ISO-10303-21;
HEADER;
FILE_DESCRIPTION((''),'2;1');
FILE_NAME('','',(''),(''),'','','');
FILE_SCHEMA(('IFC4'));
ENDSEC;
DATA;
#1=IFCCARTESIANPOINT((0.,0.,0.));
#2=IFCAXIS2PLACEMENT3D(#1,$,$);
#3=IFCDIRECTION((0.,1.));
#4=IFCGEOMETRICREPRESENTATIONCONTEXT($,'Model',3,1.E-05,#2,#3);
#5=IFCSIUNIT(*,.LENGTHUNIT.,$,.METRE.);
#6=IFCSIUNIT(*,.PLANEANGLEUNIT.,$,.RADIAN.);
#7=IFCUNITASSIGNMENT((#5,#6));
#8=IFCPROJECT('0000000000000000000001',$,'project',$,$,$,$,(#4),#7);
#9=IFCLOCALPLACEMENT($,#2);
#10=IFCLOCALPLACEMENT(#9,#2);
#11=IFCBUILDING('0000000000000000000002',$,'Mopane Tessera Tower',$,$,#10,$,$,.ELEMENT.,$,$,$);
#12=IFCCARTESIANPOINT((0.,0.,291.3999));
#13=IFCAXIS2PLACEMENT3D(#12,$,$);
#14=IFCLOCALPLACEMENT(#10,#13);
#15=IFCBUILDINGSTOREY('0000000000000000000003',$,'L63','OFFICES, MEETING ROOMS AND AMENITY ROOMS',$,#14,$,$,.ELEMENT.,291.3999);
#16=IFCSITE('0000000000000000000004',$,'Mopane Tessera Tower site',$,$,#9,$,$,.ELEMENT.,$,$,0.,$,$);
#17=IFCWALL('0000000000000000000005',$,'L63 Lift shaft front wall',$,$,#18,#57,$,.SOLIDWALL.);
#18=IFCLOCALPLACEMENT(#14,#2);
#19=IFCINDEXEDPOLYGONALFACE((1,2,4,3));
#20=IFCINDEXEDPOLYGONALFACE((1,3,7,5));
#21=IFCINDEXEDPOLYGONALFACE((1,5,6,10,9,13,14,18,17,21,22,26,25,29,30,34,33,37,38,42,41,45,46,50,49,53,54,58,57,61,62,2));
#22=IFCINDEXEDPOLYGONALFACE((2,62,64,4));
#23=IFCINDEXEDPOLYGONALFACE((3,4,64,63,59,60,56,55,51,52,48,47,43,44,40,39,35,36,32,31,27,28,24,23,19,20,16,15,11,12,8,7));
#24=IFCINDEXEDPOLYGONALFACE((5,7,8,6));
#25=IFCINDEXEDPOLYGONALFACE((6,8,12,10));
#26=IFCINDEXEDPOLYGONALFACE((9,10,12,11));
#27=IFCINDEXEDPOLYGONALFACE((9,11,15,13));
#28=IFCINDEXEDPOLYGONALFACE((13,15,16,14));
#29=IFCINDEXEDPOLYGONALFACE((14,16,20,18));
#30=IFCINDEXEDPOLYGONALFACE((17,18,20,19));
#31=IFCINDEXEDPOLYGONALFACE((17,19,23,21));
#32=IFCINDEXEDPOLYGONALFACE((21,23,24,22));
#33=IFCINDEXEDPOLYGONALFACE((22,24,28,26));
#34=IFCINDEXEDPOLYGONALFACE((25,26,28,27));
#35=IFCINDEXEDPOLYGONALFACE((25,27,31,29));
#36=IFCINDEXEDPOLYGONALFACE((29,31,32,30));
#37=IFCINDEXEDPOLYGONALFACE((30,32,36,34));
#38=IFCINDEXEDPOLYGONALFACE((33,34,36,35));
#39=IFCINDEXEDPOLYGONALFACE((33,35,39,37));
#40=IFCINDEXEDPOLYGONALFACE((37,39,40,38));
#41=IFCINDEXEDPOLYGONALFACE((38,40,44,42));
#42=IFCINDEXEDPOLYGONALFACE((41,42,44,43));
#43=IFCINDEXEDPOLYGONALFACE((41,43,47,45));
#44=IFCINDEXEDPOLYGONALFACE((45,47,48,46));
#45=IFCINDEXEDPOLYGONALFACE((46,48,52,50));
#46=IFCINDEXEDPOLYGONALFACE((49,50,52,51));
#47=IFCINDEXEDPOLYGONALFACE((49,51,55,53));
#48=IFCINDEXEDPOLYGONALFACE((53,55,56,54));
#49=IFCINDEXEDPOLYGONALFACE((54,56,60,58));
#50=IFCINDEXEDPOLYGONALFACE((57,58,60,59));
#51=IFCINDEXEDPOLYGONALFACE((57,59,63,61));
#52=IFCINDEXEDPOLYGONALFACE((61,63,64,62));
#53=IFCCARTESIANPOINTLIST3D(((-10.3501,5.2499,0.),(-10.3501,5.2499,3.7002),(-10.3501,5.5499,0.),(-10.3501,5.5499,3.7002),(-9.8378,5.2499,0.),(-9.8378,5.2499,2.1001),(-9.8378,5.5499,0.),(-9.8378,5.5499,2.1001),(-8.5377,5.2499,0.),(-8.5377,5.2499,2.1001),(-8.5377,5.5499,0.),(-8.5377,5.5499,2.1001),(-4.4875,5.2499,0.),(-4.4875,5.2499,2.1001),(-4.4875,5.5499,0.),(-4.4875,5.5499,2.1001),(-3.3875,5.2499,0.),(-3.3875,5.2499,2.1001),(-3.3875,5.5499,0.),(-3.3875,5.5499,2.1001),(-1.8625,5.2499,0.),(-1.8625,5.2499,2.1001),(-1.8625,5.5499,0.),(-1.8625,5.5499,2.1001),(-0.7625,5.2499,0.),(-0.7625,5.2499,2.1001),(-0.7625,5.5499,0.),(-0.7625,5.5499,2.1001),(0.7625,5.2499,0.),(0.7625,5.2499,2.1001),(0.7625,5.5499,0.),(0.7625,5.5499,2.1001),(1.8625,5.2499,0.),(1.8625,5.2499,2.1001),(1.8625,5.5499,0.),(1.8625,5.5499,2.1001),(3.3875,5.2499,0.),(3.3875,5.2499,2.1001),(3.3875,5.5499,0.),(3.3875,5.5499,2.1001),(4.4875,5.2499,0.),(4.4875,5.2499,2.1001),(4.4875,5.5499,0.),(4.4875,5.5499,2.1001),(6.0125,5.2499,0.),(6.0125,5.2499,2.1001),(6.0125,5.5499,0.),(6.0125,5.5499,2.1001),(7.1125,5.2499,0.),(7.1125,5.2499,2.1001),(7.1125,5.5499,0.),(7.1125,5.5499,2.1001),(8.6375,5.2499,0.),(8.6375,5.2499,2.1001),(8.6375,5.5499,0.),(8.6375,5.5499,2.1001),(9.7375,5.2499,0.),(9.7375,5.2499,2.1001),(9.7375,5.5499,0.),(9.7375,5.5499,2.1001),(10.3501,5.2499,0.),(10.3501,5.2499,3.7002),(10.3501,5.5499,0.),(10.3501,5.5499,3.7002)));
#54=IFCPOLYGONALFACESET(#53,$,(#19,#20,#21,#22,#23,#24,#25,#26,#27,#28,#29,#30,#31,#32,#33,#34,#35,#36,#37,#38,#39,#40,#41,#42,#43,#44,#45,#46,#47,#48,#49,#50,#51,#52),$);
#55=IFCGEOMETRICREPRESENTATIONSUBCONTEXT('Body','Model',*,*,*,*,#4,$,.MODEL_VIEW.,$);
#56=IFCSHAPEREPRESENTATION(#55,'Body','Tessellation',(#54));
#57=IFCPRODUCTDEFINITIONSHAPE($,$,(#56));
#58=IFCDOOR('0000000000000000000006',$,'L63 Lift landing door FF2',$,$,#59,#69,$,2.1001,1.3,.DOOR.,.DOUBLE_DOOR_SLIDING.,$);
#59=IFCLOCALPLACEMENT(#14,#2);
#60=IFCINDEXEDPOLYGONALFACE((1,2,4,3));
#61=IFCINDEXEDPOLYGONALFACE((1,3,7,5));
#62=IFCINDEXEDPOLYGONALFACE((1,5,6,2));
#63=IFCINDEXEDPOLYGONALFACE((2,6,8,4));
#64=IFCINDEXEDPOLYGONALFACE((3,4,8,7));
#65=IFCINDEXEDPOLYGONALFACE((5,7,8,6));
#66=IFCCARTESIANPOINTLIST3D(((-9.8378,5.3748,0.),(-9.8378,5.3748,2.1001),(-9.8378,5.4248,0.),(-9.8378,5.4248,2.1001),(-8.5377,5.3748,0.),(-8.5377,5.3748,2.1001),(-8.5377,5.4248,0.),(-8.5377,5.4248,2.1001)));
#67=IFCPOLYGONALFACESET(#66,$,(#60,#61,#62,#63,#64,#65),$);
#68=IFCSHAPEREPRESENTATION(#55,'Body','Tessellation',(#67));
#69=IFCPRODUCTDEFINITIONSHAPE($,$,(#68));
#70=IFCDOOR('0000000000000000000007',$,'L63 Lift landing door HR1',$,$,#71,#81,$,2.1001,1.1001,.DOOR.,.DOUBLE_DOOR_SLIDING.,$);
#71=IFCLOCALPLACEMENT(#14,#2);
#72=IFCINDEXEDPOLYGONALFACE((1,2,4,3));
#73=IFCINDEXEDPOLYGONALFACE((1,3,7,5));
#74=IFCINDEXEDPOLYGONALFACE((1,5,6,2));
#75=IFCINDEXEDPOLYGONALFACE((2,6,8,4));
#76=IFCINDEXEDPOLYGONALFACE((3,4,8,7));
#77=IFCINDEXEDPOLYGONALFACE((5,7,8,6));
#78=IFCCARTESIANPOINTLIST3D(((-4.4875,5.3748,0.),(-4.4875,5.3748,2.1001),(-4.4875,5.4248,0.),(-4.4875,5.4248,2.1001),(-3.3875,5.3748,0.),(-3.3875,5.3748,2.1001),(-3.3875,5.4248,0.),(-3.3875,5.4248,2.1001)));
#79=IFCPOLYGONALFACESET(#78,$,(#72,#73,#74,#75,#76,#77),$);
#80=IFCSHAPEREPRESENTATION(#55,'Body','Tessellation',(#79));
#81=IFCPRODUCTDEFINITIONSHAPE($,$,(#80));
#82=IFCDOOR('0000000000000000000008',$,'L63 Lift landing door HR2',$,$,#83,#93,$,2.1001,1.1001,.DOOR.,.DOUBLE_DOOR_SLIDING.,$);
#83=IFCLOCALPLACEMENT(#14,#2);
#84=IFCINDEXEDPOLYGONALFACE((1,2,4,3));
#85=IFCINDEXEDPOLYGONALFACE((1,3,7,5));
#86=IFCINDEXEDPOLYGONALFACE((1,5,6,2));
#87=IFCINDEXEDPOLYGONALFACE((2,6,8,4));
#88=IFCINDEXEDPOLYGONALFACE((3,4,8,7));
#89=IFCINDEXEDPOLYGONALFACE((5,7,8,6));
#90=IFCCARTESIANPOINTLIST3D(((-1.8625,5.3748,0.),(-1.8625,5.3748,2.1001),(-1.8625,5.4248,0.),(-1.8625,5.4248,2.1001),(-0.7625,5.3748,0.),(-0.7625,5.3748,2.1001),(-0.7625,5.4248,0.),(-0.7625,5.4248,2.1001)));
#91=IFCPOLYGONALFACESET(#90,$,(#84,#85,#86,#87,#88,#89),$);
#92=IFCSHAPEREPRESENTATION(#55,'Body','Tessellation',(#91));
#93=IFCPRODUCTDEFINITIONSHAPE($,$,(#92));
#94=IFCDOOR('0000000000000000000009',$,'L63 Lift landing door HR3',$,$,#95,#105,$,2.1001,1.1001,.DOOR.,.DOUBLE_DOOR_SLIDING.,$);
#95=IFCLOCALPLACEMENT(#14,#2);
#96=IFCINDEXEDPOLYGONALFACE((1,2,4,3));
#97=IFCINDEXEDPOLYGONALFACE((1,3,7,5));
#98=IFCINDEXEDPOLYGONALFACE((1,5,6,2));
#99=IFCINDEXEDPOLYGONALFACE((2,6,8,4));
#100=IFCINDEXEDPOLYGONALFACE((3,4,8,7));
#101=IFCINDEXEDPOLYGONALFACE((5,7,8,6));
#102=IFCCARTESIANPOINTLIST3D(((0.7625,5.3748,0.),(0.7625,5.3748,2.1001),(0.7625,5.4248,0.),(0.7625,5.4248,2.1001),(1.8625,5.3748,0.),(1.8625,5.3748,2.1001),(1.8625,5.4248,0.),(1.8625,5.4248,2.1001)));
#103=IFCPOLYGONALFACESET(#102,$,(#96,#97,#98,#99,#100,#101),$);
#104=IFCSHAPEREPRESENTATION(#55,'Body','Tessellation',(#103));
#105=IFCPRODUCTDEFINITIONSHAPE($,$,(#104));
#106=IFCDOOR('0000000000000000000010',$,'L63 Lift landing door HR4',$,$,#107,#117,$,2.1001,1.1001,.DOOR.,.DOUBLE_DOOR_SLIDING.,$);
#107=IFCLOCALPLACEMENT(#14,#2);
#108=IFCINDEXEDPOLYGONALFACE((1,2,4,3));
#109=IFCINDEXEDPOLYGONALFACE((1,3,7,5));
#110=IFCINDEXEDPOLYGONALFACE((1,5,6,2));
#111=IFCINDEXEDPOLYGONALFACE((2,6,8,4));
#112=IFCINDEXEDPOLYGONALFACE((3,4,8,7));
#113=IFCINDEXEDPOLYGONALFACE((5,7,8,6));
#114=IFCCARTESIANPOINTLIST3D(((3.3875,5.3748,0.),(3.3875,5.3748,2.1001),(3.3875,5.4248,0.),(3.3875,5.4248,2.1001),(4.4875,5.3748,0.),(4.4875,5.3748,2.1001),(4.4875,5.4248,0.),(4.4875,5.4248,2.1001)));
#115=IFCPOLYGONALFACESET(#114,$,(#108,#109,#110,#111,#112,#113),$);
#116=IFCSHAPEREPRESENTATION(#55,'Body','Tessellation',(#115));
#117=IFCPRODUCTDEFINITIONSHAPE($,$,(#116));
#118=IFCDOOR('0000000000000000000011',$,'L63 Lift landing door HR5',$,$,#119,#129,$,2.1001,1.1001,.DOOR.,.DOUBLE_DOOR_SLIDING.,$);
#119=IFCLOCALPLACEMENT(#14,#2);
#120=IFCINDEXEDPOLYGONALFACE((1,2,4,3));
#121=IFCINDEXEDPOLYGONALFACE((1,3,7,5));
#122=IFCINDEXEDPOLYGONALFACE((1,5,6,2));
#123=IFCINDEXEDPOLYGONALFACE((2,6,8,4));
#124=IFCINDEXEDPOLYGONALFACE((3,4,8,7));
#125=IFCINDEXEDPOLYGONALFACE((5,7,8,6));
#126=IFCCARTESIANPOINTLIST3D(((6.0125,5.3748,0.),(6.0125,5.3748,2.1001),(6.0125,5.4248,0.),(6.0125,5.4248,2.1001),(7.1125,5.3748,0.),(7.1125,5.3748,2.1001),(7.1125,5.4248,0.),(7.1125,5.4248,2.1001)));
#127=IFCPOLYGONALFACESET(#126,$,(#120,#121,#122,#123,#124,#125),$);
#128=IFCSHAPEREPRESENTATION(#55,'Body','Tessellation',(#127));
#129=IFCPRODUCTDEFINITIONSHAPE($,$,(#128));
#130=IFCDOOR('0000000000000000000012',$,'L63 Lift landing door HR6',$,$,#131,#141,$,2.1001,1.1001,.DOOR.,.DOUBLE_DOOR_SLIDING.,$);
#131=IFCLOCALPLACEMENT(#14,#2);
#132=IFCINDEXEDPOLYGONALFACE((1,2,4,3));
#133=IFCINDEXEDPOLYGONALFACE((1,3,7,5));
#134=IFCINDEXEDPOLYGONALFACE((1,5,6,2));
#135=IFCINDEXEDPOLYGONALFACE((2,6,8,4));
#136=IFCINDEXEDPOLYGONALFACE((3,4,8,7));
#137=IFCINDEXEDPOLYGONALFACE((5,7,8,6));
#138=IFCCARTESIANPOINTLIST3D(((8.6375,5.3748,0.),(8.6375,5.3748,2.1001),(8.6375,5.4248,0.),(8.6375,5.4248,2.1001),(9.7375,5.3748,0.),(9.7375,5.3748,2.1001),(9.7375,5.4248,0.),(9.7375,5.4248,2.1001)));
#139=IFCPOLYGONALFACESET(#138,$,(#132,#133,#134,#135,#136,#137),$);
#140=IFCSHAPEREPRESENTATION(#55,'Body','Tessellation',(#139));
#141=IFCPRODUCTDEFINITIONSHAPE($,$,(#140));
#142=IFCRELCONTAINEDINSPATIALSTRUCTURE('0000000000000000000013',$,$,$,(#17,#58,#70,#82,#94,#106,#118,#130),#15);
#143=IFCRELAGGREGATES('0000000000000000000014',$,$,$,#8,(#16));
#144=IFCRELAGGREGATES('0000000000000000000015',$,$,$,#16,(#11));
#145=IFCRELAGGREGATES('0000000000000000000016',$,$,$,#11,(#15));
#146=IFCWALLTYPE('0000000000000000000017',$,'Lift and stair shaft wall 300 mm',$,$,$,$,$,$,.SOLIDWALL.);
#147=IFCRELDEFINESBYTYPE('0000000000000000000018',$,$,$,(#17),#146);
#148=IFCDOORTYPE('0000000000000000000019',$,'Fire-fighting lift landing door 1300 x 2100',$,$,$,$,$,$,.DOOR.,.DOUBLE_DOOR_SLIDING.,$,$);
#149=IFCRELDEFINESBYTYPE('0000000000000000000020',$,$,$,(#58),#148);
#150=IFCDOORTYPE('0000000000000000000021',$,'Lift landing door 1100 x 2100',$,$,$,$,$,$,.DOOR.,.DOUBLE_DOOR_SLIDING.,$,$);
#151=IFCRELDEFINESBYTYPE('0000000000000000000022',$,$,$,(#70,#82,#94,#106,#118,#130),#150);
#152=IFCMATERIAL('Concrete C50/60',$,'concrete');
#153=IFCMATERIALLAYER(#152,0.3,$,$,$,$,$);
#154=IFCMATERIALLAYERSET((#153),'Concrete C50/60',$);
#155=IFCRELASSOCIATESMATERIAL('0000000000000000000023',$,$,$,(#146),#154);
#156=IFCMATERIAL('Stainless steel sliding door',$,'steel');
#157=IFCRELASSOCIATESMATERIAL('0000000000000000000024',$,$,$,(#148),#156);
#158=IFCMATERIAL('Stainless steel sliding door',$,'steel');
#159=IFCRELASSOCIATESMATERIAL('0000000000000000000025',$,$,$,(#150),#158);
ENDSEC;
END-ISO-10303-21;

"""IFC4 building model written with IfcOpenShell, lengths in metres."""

from ifc_helpers import new_model, si_unit, direction, frame, frame_2d, origin, place, context, subcontext, project, spatial, rectangle, extrude, material, layer, layer_set, type_object, element, fill, save


model = new_model("IFC4")

# Units and contexts
model_context = context("Model", 3, precision=1e-05, world=origin(), true_north=direction((0.0, 1.0)))
body_context = subcontext(model_context, "Body", "Model", "MODEL_VIEW")
ifc_project = project(units=[si_unit("LENGTHUNIT", "METRE"), si_unit("PLANEANGLEUNIT", "RADIAN")], contexts=[model_context])

# Site, building, storey
site_placement = place(None, origin())
site = spatial("IfcSite", under=ifc_project, at=site_placement, Name="Mopane Tessera Tower site", CompositionType="ELEMENT", RefElevation=0.0)
building_placement = place(site_placement, origin())
building = spatial("IfcBuilding", under=site, at=building_placement, Name="Mopane Tessera Tower", CompositionType="ELEMENT")
storey_placement = place(building_placement, frame((0.0, 0.0, 291.3999)))
storey = spatial("IfcBuildingStorey", under=building, at=storey_placement, Name="L63", Description="OFFICES, MEETING ROOMS AND AMENITY ROOMS", CompositionType="ELEMENT", Elevation=291.3999)

# Shared definitions
ifc_material_1 = material(Name="Concrete C50/60", Category="concrete")
ifc_layer_1 = layer(ifc_material_1, 0.3)
ifc_layer_set_1 = layer_set([ifc_layer_1], Name="Concrete C50/60")
wall_type_1 = type_object("IfcWallType", Name="Lift and stair shaft wall 300 mm", PredefinedType="SOLIDWALL", material=ifc_layer_set_1)

# Wall, openings, doors
ifc_material_2 = material(Name="Stainless steel sliding door", Category="steel")
door_type_1 = type_object("IfcDoorType", Name="Fire-fighting lift landing door 1300 x 2100", OperationType="DOUBLE_DOOR_SLIDING", PredefinedType="DOOR", material=ifc_material_2)
wall_1_placement = place(storey_placement, frame((-10.3501, 5.3999, 0.0), z_axis=(0.0, 0.0, 1.0), x_axis=(1.0, 0.0, 0.0)))
wall_1 = element("IfcWall", 1, at=wall_1_placement, inside=storey, type_object=wall_type_1, Name="L63 Lift shaft front wall", PredefinedType="SOLIDWALL", context=body_context, shape_type="SweptSolid", body=[
    extrude(rectangle(XDim=20.7002, YDim=0.3, at=frame_2d((10.3501, 0.0))), origin(), (0.0, 0.0, 1.0), 3.7002),
])
opening_1_placement = place(wall_1_placement, frame((0.5125, 0.0, 0.0)))
opening_1 = element("IfcOpeningElement", 2, at=opening_1_placement, cuts=wall_1, PredefinedType="OPENING", context=body_context, shape_type="SweptSolid", body=[
    extrude(rectangle(XDim=1.3, YDim=2.1001, at=frame_2d((0.6499, 1.05))), frame((0.0, 0.1621, 0.0), z_axis=(0.0, -1.0, 0.0), x_axis=(1.0, 0.0, 0.0)), (0.0, 0.0, 1.0), 0.324),
])
opening_2_placement = place(wall_1_placement, frame((5.8625, 0.0, 0.0)))
opening_2 = element("IfcOpeningElement", 3, at=opening_2_placement, cuts=wall_1, PredefinedType="OPENING", context=body_context, shape_type="SweptSolid", body=[
    extrude(rectangle(XDim=1.1001, YDim=2.1001, at=frame_2d((0.55, 1.05))), frame((0.0, 0.1621, 0.0), z_axis=(0.0, -1.0, 0.0), x_axis=(1.0, 0.0, 0.0)), (0.0, 0.0, 1.0), 0.324),
])
opening_3_placement = place(wall_1_placement, frame((8.4875, 0.0, 0.0)))
opening_3 = element("IfcOpeningElement", 4, at=opening_3_placement, cuts=wall_1, PredefinedType="OPENING", context=body_context, shape_type="SweptSolid", body=[
    extrude(rectangle(XDim=1.1001, YDim=2.1001, at=frame_2d((0.55, 1.05))), frame((0.0, 0.1621, 0.0), z_axis=(0.0, -1.0, 0.0), x_axis=(1.0, 0.0, 0.0)), (0.0, 0.0, 1.0), 0.324),
])
opening_4_placement = place(wall_1_placement, frame((11.1125, 0.0, 0.0)))
opening_4 = element("IfcOpeningElement", 5, at=opening_4_placement, cuts=wall_1, PredefinedType="OPENING", context=body_context, shape_type="SweptSolid", body=[
    extrude(rectangle(XDim=1.1001, YDim=2.1001, at=frame_2d((0.55, 1.05))), frame((0.0, 0.1621, 0.0), z_axis=(0.0, -1.0, 0.0), x_axis=(1.0, 0.0, 0.0)), (0.0, 0.0, 1.0), 0.324),
])
opening_5_placement = place(wall_1_placement, frame((13.7375, 0.0, 0.0)))
opening_5 = element("IfcOpeningElement", 6, at=opening_5_placement, cuts=wall_1, PredefinedType="OPENING", context=body_context, shape_type="SweptSolid", body=[
    extrude(rectangle(XDim=1.1001, YDim=2.1001, at=frame_2d((0.55, 1.05))), frame((0.0, 0.1621, 0.0), z_axis=(0.0, -1.0, 0.0), x_axis=(1.0, 0.0, 0.0)), (0.0, 0.0, 1.0), 0.324),
])
opening_6_placement = place(wall_1_placement, frame((16.3625, 0.0, 0.0)))
opening_6 = element("IfcOpeningElement", 7, at=opening_6_placement, cuts=wall_1, PredefinedType="OPENING", context=body_context, shape_type="SweptSolid", body=[
    extrude(rectangle(XDim=1.1001, YDim=2.1001, at=frame_2d((0.55, 1.05))), frame((0.0, 0.1621, 0.0), z_axis=(0.0, -1.0, 0.0), x_axis=(1.0, 0.0, 0.0)), (0.0, 0.0, 1.0), 0.324),
])
opening_7_placement = place(wall_1_placement, frame((18.9875, 0.0, 0.0)))
opening_7 = element("IfcOpeningElement", 8, at=opening_7_placement, cuts=wall_1, PredefinedType="OPENING", context=body_context, shape_type="SweptSolid", body=[
    extrude(rectangle(XDim=1.1001, YDim=2.1001, at=frame_2d((0.55, 1.05))), frame((0.0, 0.1621, 0.0), z_axis=(0.0, -1.0, 0.0), x_axis=(1.0, 0.0, 0.0)), (0.0, 0.0, 1.0), 0.324),
])
door_1_placement = place(opening_1_placement, origin())
door_1 = element("IfcDoor", 9, at=door_1_placement, inside=storey, type_object=door_type_1, Name="L63 Lift landing door FF2", OperationType="DOUBLE_DOOR_SLIDING", OverallHeight=2.1001, OverallWidth=1.3, PredefinedType="DOOR", context=body_context, shape_type="SweptSolid", body=[
    extrude(rectangle(XDim=1.3, YDim=2.1001, at=frame_2d((0.6499, 1.05))), frame((0.0, 0.0249, 0.0), z_axis=(0.0, -1.0, 0.0), x_axis=(1.0, 0.0, 0.0)), (0.0, 0.0, 1.0), 0.05),
])
fill(opening_1, door_1)
ifc_material_3 = material(Name="Stainless steel sliding door", Category="steel")
door_type_2 = type_object("IfcDoorType", Name="Lift landing door 1100 x 2100", OperationType="DOUBLE_DOOR_SLIDING", PredefinedType="DOOR", material=ifc_material_3)
door_2_placement = place(opening_2_placement, origin())
door_2 = element("IfcDoor", 10, at=door_2_placement, inside=storey, type_object=door_type_2, Name="L63 Lift landing door HR1", OperationType="DOUBLE_DOOR_SLIDING", OverallHeight=2.1001, OverallWidth=1.1001, PredefinedType="DOOR", context=body_context, shape_type="SweptSolid", body=[
    extrude(rectangle(XDim=1.1001, YDim=2.1001, at=frame_2d((0.55, 1.05))), frame((0.0, 0.0249, 0.0), z_axis=(0.0, -1.0, 0.0), x_axis=(1.0, 0.0, 0.0)), (0.0, 0.0, 1.0), 0.05),
])
fill(opening_2, door_2)
door_3_placement = place(opening_3_placement, origin())
door_3 = element("IfcDoor", 11, at=door_3_placement, inside=storey, type_object=door_type_2, Name="L63 Lift landing door HR2", OperationType="DOUBLE_DOOR_SLIDING", OverallHeight=2.1001, OverallWidth=1.1001, PredefinedType="DOOR", context=body_context, shape_type="SweptSolid", body=[
    extrude(rectangle(XDim=1.1001, YDim=2.1001, at=frame_2d((0.55, 1.05))), frame((0.0, 0.0249, 0.0), z_axis=(0.0, -1.0, 0.0), x_axis=(1.0, 0.0, 0.0)), (0.0, 0.0, 1.0), 0.05),
])
fill(opening_3, door_3)
door_4_placement = place(opening_4_placement, origin())
door_4 = element("IfcDoor", 12, at=door_4_placement, inside=storey, type_object=door_type_2, Name="L63 Lift landing door HR3", OperationType="DOUBLE_DOOR_SLIDING", OverallHeight=2.1001, OverallWidth=1.1001, PredefinedType="DOOR", context=body_context, shape_type="SweptSolid", body=[
    extrude(rectangle(XDim=1.1001, YDim=2.1001, at=frame_2d((0.55, 1.05))), frame((0.0, 0.0249, 0.0), z_axis=(0.0, -1.0, 0.0), x_axis=(1.0, 0.0, 0.0)), (0.0, 0.0, 1.0), 0.05),
])
fill(opening_4, door_4)
door_5_placement = place(opening_5_placement, origin())
door_5 = element("IfcDoor", 13, at=door_5_placement, inside=storey, type_object=door_type_2, Name="L63 Lift landing door HR4", OperationType="DOUBLE_DOOR_SLIDING", OverallHeight=2.1001, OverallWidth=1.1001, PredefinedType="DOOR", context=body_context, shape_type="SweptSolid", body=[
    extrude(rectangle(XDim=1.1001, YDim=2.1001, at=frame_2d((0.55, 1.05))), frame((0.0, 0.0249, 0.0), z_axis=(0.0, -1.0, 0.0), x_axis=(1.0, 0.0, 0.0)), (0.0, 0.0, 1.0), 0.05),
])
fill(opening_5, door_5)
door_6_placement = place(opening_6_placement, origin())
door_6 = element("IfcDoor", 14, at=door_6_placement, inside=storey, type_object=door_type_2, Name="L63 Lift landing door HR5", OperationType="DOUBLE_DOOR_SLIDING", OverallHeight=2.1001, OverallWidth=1.1001, PredefinedType="DOOR", context=body_context, shape_type="SweptSolid", body=[
    extrude(rectangle(XDim=1.1001, YDim=2.1001, at=frame_2d((0.55, 1.05))), frame((0.0, 0.0249, 0.0), z_axis=(0.0, -1.0, 0.0), x_axis=(1.0, 0.0, 0.0)), (0.0, 0.0, 1.0), 0.05),
])
fill(opening_6, door_6)
door_7_placement = place(opening_7_placement, origin())
door_7 = element("IfcDoor", 15, at=door_7_placement, inside=storey, type_object=door_type_2, Name="L63 Lift landing door HR6", OperationType="DOUBLE_DOOR_SLIDING", OverallHeight=2.1001, OverallWidth=1.1001, PredefinedType="DOOR", context=body_context, shape_type="SweptSolid", body=[
    extrude(rectangle(XDim=1.1001, YDim=2.1001, at=frame_2d((0.55, 1.05))), frame((0.0, 0.0249, 0.0), z_axis=(0.0, -1.0, 0.0), x_axis=(1.0, 0.0, 0.0)), (0.0, 0.0, 1.0), 0.05),
])
fill(opening_7, door_7)

save(model, "model.ifc")
